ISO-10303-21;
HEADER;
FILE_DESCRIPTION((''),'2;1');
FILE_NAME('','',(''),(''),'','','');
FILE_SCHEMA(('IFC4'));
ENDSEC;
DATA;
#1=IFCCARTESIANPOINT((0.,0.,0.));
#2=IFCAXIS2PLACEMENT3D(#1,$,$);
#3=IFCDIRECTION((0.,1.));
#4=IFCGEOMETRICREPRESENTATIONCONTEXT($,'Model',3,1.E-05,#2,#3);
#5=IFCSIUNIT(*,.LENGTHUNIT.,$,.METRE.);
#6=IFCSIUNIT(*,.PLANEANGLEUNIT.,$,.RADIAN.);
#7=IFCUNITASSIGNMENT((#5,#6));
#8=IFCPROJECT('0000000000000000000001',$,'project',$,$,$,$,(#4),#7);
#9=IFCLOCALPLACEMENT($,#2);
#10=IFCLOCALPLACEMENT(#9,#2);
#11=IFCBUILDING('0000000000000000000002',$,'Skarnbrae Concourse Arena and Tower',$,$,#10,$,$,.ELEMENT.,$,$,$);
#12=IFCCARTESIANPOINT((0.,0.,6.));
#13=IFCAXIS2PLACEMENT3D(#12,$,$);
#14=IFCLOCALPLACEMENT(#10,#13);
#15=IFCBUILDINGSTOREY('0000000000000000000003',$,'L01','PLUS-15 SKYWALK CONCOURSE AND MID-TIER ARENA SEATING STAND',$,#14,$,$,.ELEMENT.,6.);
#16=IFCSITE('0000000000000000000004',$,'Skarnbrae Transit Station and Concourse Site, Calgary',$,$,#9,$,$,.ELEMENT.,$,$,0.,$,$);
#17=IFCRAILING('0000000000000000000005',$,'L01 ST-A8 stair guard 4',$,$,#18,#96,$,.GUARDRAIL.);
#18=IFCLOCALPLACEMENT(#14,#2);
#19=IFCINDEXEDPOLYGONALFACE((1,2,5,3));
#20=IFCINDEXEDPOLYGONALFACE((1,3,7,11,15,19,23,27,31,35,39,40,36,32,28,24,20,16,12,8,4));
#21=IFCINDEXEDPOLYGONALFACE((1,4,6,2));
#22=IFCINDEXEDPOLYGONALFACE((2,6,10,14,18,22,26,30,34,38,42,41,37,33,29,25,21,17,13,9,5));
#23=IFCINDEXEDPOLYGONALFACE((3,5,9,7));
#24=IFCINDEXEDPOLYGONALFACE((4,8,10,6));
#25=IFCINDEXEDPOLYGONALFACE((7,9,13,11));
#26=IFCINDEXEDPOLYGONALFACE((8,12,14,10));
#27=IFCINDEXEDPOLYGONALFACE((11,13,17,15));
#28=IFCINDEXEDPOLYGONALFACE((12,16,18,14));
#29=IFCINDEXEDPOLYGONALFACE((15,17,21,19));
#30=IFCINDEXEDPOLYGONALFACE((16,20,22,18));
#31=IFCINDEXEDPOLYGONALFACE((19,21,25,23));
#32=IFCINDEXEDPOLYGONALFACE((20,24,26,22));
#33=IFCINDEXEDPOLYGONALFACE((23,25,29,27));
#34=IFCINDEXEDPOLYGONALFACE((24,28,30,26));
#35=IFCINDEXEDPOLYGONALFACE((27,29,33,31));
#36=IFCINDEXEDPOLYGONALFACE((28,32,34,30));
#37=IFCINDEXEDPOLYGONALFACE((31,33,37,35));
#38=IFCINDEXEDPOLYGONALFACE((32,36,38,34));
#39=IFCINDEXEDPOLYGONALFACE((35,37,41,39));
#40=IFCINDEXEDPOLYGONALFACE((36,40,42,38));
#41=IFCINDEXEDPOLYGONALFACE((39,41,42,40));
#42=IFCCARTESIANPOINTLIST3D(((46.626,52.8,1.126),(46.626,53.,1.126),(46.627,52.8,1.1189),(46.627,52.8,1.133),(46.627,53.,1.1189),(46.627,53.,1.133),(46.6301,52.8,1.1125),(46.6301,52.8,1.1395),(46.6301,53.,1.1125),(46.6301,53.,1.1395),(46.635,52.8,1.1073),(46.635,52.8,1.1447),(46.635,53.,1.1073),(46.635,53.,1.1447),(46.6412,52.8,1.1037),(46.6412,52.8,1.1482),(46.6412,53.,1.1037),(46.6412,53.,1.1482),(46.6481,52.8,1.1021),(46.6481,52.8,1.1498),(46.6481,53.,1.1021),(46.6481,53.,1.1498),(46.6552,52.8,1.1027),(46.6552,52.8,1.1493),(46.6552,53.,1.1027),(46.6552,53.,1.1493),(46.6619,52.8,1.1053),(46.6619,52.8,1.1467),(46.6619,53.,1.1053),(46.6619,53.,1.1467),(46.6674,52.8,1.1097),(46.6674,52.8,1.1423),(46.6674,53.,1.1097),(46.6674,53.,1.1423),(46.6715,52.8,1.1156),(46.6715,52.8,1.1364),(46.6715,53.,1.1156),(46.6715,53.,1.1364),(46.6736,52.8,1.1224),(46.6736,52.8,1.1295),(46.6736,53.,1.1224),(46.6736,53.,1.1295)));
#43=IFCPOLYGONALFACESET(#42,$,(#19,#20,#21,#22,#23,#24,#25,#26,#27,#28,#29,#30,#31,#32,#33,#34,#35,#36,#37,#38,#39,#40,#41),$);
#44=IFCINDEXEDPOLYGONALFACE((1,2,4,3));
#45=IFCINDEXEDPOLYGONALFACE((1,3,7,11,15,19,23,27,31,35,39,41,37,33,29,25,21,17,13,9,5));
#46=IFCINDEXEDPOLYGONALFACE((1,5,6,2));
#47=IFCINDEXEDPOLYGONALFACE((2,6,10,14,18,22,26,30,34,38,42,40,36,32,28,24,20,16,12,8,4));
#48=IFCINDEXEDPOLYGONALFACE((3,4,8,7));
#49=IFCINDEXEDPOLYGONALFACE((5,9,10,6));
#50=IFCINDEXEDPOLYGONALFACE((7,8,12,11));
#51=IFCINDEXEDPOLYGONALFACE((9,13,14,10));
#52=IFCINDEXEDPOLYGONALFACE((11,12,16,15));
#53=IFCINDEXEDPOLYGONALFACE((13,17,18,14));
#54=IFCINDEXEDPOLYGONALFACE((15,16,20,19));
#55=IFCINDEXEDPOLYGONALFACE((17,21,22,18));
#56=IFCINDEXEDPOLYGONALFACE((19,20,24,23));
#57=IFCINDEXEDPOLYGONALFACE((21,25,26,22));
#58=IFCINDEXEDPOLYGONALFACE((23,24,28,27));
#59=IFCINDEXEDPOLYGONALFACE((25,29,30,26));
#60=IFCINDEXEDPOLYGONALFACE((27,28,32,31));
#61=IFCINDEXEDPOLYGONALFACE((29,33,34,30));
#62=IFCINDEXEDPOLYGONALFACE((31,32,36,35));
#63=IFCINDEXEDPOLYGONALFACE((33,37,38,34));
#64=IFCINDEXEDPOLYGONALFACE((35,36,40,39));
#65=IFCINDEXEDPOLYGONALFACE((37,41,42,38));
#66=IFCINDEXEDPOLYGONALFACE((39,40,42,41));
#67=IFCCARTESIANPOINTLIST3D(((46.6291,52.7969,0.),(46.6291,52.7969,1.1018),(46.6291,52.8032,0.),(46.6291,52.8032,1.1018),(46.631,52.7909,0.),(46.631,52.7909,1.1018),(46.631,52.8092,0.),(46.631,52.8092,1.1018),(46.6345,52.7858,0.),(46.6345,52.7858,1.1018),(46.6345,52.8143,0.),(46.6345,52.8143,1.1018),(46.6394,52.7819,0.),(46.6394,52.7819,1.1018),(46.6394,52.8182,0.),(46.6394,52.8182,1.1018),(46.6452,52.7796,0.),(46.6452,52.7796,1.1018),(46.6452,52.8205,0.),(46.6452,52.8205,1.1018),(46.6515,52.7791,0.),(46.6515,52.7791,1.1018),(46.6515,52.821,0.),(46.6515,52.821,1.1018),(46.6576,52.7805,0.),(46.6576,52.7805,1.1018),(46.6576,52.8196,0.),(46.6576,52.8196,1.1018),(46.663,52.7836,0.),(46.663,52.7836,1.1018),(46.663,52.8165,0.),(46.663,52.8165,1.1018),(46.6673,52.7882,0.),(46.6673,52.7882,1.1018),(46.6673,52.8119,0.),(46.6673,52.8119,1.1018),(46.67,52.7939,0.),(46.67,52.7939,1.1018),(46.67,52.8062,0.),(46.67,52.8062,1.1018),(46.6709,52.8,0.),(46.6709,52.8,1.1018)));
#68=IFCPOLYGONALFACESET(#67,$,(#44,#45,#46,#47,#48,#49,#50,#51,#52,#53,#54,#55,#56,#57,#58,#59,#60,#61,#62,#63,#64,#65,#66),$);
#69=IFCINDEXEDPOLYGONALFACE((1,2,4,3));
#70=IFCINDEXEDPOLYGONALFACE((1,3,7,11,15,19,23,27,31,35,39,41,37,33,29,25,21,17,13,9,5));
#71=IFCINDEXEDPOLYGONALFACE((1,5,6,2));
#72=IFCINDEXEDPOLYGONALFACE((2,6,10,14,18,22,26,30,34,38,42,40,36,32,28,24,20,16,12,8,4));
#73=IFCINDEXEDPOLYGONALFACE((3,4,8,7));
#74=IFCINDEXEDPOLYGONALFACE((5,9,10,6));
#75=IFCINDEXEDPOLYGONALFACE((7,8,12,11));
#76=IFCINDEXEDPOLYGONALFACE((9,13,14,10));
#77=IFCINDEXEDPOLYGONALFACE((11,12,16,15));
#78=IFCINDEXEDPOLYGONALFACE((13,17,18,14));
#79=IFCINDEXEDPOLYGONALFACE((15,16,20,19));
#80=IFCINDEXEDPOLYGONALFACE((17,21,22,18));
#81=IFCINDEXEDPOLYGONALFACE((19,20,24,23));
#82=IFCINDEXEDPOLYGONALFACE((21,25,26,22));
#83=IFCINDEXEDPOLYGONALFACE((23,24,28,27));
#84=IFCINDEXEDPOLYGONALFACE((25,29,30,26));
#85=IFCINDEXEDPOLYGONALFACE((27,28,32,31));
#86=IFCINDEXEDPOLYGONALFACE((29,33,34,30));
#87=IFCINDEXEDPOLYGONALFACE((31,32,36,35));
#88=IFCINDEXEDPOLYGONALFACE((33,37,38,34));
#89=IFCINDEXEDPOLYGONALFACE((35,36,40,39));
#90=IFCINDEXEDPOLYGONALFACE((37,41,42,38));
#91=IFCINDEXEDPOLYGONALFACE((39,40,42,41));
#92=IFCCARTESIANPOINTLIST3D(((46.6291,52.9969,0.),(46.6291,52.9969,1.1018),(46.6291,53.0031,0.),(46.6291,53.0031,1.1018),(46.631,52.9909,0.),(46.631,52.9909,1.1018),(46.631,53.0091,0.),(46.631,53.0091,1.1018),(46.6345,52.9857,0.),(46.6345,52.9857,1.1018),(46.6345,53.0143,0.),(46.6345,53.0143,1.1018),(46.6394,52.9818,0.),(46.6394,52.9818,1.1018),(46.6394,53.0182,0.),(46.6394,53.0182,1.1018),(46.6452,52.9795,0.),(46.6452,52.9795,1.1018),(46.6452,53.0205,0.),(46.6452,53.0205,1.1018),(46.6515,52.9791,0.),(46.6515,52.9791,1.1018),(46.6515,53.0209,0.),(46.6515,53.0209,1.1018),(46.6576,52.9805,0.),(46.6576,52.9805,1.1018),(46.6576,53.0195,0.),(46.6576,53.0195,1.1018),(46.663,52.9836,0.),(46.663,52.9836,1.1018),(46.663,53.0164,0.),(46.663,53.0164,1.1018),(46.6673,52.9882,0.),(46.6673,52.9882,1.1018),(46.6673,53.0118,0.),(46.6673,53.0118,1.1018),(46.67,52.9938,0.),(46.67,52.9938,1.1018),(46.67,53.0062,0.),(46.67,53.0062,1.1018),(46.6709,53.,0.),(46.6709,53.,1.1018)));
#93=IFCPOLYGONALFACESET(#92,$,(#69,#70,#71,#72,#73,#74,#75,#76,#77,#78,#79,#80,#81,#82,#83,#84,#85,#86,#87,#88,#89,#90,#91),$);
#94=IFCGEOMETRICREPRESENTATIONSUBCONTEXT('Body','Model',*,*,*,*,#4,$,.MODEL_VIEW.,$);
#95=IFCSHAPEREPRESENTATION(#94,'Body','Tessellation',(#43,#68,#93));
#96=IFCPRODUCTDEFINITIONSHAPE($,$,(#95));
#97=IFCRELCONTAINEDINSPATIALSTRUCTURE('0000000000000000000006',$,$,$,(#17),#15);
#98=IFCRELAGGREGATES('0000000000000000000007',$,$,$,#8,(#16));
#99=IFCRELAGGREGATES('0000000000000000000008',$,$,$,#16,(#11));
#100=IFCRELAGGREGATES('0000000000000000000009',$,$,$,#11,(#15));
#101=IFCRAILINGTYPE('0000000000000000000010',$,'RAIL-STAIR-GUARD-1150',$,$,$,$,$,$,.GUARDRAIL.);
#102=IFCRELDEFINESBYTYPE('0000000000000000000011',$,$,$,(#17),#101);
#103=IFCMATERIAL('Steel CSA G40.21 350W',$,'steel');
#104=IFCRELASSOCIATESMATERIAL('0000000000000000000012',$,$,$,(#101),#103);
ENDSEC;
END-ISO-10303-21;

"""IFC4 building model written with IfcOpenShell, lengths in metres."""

from ifc_helpers import new_model, si_unit, direction, frame, origin, origin_2d, place, context, subcontext, project, spatial, circle, extrude, material, type_object, element, save


model = new_model("IFC4")

# Units and contexts
model_context = context("Model", 3, precision=1e-05, world=origin(), true_north=direction((0.0, 1.0)))
body_context = subcontext(model_context, "Body", "Model", "MODEL_VIEW")
ifc_project = project(units=[si_unit("LENGTHUNIT", "METRE"), si_unit("PLANEANGLEUNIT", "RADIAN")], contexts=[model_context])

# Site, building, storey
site_placement = place(None, origin())
site = spatial("IfcSite", under=ifc_project, at=site_placement, Name="Skarnbrae Transit Station and Concourse Site, Calgary", CompositionType="ELEMENT", RefElevation=0.0)
building_placement = place(site_placement, origin())
building = spatial("IfcBuilding", under=site, at=building_placement, Name="Skarnbrae Concourse Arena and Tower", CompositionType="ELEMENT")
storey_placement = place(building_placement, frame((0.0, 0.0, 6.0)))
storey = spatial("IfcBuildingStorey", under=building, at=storey_placement, Name="L01", Description="PLUS-15 SKYWALK CONCOURSE AND MID-TIER ARENA SEATING STAND", CompositionType="ELEMENT", Elevation=6.0)

# Shared definitions
ifc_material_1 = material(Name="Steel CSA G40.21 350W", Category="steel")

# Railing
railing_type_1 = type_object("IfcRailingType", Name="RAIL-STAIR-GUARD-1150", PredefinedType="GUARDRAIL", material=ifc_material_1)
railing_1_placement = place(storey_placement, frame((46.6499, 52.8, 0.0)))
element("IfcRailing", 1, at=railing_1_placement, inside=storey, type_object=railing_type_1, Name="L01 ST-A8 stair guard 4", PredefinedType="GUARDRAIL", context=body_context, shape_type="SweptSolid", body=[
    extrude(circle(Radius=0.0239, at=origin_2d()), frame((0.0, 0.0, 1.126), z_axis=(0.0, 1.0, 0.0), x_axis=(-1.0, 0.0, 0.0)), (0.0, 0.0, 1.0), 0.2),
    extrude(circle(Radius=0.021, at=origin_2d()), origin(), (0.0, 0.0, 1.0), 1.1018),
    extrude(circle(Radius=0.021, at=origin_2d()), frame((0.0, 0.2, 0.0)), (0.0, 0.0, 1.0), 1.1018),
])

save(model, "model.ifc")
